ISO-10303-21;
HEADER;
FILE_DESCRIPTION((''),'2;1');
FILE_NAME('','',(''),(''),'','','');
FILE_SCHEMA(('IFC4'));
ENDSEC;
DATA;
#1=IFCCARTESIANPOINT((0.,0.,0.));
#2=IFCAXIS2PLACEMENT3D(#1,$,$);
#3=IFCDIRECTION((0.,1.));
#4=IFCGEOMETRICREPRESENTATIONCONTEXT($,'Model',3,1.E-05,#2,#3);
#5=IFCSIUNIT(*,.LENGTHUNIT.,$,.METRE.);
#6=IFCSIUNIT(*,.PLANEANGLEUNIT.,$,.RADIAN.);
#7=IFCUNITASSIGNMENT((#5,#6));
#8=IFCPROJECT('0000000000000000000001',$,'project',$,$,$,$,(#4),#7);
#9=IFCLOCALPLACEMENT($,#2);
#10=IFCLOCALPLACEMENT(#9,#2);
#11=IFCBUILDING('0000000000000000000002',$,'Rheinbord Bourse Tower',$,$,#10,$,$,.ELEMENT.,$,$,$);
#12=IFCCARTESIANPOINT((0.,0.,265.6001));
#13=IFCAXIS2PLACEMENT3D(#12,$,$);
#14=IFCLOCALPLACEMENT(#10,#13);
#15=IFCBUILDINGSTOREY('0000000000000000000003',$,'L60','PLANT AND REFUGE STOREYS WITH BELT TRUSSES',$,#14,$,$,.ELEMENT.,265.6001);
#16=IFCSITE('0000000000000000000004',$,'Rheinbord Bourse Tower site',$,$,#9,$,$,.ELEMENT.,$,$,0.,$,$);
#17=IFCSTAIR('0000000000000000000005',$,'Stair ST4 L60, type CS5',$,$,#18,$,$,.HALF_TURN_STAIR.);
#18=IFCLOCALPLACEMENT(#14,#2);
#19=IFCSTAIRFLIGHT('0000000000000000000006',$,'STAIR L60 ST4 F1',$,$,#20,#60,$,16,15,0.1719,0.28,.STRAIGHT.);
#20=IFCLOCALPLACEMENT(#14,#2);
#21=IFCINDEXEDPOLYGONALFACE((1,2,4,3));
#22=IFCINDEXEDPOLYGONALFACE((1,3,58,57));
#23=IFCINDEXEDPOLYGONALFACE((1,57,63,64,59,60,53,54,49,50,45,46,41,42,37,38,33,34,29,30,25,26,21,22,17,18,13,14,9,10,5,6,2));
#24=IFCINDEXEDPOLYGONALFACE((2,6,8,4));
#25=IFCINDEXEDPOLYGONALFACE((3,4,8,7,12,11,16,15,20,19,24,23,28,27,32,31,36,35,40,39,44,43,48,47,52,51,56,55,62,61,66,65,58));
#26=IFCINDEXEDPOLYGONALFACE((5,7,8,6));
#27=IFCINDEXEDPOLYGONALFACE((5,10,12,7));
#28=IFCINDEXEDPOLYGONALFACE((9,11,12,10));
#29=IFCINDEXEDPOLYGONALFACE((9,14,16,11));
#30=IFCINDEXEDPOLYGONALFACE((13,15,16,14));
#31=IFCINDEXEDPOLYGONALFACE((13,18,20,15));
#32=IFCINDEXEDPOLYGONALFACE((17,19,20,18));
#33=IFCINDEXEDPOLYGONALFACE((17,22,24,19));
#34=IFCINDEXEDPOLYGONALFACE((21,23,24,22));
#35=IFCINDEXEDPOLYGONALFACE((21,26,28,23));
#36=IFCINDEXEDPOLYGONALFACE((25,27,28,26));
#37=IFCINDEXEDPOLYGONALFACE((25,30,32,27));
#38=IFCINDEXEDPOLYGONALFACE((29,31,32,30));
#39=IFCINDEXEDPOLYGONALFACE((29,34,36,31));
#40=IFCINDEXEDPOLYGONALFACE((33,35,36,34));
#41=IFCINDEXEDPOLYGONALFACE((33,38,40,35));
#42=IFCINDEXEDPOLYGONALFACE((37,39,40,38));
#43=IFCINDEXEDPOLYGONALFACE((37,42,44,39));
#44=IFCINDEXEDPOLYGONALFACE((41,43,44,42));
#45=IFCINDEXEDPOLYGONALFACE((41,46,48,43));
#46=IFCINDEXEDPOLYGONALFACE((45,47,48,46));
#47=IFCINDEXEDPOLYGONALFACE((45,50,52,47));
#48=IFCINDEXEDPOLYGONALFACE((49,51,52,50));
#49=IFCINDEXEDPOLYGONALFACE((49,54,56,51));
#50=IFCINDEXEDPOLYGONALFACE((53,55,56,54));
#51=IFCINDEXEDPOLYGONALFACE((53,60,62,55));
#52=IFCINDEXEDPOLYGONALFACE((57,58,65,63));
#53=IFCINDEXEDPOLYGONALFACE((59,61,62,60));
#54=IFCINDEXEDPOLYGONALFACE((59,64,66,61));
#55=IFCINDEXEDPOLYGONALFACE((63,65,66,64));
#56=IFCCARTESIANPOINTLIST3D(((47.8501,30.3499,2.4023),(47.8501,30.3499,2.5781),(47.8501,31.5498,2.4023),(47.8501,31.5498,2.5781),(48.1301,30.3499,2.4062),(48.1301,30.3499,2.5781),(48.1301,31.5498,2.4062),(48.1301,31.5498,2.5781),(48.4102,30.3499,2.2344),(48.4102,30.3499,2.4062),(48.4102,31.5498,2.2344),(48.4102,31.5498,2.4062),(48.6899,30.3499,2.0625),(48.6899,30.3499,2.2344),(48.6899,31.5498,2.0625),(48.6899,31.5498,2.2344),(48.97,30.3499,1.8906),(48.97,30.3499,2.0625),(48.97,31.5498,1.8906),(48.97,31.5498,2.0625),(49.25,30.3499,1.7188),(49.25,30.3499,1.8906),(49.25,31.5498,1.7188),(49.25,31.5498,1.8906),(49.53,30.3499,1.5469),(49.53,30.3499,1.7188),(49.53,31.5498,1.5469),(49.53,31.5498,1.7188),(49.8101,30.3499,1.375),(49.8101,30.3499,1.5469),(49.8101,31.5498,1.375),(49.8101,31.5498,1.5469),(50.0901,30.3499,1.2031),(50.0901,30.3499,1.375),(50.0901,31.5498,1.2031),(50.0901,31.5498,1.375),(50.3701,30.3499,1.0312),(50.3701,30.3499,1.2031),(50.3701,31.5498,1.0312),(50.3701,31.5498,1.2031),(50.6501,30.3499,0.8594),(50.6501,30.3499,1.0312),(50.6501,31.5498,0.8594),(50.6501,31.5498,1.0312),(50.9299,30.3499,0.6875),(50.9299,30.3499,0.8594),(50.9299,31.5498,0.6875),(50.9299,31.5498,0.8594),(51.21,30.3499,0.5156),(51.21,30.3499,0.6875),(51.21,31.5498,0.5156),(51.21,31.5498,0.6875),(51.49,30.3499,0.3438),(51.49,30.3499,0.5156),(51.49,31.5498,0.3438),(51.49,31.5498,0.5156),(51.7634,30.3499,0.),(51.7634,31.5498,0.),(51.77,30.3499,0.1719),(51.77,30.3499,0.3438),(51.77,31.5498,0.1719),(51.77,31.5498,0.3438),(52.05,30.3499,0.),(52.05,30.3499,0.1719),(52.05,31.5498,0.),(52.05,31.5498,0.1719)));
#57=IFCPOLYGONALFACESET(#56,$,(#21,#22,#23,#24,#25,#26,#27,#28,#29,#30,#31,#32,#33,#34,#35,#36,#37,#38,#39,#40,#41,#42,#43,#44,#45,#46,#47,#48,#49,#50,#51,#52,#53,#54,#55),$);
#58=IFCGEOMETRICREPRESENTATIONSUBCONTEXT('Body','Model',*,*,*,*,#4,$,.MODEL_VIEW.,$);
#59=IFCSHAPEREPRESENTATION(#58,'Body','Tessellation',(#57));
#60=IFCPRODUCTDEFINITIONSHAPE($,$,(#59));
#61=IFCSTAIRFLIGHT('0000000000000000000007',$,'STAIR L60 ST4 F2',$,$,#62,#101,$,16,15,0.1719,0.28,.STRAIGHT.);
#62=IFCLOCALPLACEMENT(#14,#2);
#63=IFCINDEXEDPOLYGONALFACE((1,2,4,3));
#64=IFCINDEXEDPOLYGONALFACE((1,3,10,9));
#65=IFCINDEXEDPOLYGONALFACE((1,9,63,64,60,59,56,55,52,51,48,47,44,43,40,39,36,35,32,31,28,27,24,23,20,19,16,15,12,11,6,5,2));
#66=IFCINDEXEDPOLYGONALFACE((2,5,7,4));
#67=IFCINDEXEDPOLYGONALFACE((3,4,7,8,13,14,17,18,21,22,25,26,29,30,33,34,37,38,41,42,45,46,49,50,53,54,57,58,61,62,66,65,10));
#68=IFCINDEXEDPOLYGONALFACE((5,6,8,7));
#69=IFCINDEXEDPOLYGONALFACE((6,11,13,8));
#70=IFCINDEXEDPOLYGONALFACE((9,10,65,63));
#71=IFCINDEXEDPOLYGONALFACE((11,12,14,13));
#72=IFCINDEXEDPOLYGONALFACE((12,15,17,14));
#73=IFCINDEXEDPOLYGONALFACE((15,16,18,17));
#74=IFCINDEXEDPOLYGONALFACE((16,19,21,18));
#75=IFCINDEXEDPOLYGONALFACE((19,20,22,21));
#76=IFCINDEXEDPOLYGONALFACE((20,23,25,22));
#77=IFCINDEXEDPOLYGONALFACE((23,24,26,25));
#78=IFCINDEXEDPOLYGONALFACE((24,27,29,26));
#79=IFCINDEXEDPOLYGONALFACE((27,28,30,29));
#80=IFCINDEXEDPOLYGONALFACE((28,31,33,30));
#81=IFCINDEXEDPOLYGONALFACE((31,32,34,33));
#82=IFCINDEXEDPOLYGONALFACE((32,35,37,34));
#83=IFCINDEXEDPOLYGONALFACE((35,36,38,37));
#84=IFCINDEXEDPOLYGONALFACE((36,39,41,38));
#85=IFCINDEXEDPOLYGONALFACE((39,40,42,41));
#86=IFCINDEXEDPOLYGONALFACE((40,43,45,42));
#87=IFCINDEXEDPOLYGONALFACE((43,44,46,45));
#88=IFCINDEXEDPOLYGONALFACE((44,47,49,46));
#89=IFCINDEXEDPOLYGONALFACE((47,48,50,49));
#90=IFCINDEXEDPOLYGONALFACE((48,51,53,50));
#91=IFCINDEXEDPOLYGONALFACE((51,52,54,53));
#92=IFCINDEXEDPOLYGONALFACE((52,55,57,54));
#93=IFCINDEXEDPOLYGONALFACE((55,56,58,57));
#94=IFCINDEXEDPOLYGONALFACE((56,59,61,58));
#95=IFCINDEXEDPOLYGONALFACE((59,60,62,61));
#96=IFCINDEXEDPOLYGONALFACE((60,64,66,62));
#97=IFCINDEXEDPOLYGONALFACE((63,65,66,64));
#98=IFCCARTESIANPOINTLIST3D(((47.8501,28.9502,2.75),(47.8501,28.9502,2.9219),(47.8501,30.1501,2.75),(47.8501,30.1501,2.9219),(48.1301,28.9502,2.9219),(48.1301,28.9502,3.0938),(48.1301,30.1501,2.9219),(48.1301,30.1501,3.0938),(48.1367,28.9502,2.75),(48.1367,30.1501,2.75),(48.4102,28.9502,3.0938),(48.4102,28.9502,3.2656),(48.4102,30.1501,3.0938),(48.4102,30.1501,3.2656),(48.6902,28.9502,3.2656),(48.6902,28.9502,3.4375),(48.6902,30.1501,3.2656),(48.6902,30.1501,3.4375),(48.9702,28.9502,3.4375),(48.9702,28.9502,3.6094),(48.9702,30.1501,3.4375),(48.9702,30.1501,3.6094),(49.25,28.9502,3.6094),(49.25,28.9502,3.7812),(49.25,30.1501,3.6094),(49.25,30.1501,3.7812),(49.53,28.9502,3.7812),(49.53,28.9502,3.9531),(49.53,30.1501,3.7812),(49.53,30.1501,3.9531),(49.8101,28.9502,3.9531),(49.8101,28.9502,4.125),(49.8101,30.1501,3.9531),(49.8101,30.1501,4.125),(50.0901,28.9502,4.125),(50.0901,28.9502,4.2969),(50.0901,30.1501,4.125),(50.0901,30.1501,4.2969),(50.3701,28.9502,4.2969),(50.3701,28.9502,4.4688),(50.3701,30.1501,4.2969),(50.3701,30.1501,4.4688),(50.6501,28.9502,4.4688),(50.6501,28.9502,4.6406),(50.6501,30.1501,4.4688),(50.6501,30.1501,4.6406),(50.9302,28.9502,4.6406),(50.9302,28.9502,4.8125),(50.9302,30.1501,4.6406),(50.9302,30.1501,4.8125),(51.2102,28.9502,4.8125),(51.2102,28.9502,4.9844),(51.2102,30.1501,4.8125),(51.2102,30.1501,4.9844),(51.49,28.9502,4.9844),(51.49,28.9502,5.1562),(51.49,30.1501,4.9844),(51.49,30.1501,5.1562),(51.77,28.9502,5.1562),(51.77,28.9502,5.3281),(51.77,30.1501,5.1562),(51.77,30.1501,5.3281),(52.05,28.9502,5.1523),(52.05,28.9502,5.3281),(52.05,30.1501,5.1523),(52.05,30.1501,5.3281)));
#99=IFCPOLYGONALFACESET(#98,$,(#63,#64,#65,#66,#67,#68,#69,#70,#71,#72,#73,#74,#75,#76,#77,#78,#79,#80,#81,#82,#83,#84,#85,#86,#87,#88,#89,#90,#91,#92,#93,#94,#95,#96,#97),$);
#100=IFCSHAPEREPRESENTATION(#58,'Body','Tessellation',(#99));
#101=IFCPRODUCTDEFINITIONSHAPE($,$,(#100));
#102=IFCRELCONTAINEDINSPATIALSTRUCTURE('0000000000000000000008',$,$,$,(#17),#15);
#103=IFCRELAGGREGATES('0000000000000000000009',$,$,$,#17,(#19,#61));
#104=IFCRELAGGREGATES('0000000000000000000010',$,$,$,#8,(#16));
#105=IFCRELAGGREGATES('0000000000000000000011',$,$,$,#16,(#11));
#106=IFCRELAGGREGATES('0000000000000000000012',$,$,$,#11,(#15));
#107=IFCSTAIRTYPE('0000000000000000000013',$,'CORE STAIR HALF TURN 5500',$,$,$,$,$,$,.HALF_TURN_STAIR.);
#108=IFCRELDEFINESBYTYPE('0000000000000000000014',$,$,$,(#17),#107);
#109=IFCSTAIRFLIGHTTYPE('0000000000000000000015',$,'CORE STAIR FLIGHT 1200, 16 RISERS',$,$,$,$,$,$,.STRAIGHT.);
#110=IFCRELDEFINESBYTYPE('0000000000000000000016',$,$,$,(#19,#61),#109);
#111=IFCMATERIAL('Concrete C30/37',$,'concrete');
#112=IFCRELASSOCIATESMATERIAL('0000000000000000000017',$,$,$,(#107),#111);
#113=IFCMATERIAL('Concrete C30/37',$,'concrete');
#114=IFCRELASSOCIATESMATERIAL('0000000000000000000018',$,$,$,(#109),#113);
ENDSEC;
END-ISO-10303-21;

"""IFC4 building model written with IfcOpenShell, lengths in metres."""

from ifc_helpers import new_model, si_unit, direction, frame, origin, place, context, subcontext, project, spatial, polyline, outline, extrude, material, type_object, element, aggregate, save


model = new_model("IFC4")

# Units and contexts
model_context = context("Model", 3, precision=1e-05, world=origin(), true_north=direction((0.0, 1.0)))
body_context = subcontext(model_context, "Body", "Model", "MODEL_VIEW")
ifc_project = project(units=[si_unit("LENGTHUNIT", "METRE"), si_unit("PLANEANGLEUNIT", "RADIAN")], contexts=[model_context])

# Site, building, storey
site_placement = place(None, origin())
site = spatial("IfcSite", under=ifc_project, at=site_placement, Name="Rheinbord Bourse Tower site", CompositionType="ELEMENT", RefElevation=0.0)
building_placement = place(site_placement, origin())
building = spatial("IfcBuilding", under=site, at=building_placement, Name="Rheinbord Bourse Tower", CompositionType="ELEMENT")
storey_placement = place(building_placement, frame((0.0, 0.0, 265.6001)))
storey = spatial("IfcBuildingStorey", under=building, at=storey_placement, Name="L60", Description="PLANT AND REFUGE STOREYS WITH BELT TRUSSES", CompositionType="ELEMENT", Elevation=265.6001)

# Stair, stair flights
ifc_material_1 = material(Name="Concrete C30/37", Category="concrete")
stair_type = type_object("IfcStairType", Name="CORE STAIR HALF TURN 5500", PredefinedType="HALF_TURN_STAIR", material=ifc_material_1)
stair_placement = place(storey_placement, origin())
stair = element("IfcStair", 1, at=stair_placement, inside=storey, type_object=stair_type, Name="Stair ST4 L60, type CS5", PredefinedType="HALF_TURN_STAIR")
ifc_material_2 = material(Name="Concrete C30/37", Category="concrete")
stair_flight_type = type_object("IfcStairFlightType", Name="CORE STAIR FLIGHT 1200, 16 RISERS", PredefinedType="STRAIGHT", material=ifc_material_2)
stair_flight_1_placement = place(storey_placement, frame((52.05, 30.95, 0.0), z_axis=(0.0, 0.0, 1.0), x_axis=(-1.0, 0.0, 0.0)))
stair_flight_1 = element("IfcStairFlight", 2, at=stair_flight_1_placement, type_object=stair_flight_type, Name="STAIR L60 ST4 F1", NumberOfRisers=16, NumberOfTreads=15, PredefinedType="STRAIGHT", RiserHeight=0.1719, TreadLength=0.28, context=body_context, shape_type="SweptSolid", body=[
    extrude(outline(polyline([(0.0, 0.0), (0.0, 0.1719), (0.28, 0.1719), (0.28, 0.3438), (0.5601, 0.3438), (0.5601, 0.5156), (0.8401, 0.5156), (0.8401, 0.6875), (1.1201, 0.6875), (1.1201, 0.8594), (1.3999, 0.8594), (1.3999, 1.0312), (1.6799, 1.0312), (1.6799, 1.2031), (1.96, 1.2031), (1.96, 1.375), (2.24, 1.375), (2.24, 1.5469), (2.52, 1.5469), (2.52, 1.7188), (2.8, 1.7188), (2.8, 1.8906), (3.0801, 1.8906), (3.0801, 2.0625), (3.3601, 2.0625), (3.3601, 2.2344), (3.6399, 2.2344), (3.6399, 2.4062), (3.9199, 2.4062), (3.9199, 2.5781), (4.2, 2.5781), (4.2, 2.75), (4.2, 2.4023), (0.2866, 0.0), (0.0, 0.0)])), frame((0.0, 0.6001, 0.0), z_axis=(0.0, -1.0, 0.0), x_axis=(1.0, 0.0, 0.0)), (0.0, 0.0, 1.0), 1.2),
])
stair_flight_2_placement = place(storey_placement, frame((47.8501, 29.55, 2.75), z_axis=(0.0, 0.0, 1.0), x_axis=(1.0, 0.0, 0.0)))
stair_flight_2 = element("IfcStairFlight", 3, at=stair_flight_2_placement, type_object=stair_flight_type, Name="STAIR L60 ST4 F2", NumberOfRisers=16, NumberOfTreads=15, PredefinedType="STRAIGHT", RiserHeight=0.1719, TreadLength=0.28, context=body_context, shape_type="SweptSolid", body=[
    extrude(outline(polyline([(0.0, 0.0), (0.0, 0.1719), (0.28, 0.1719), (0.28, 0.3438), (0.5601, 0.3438), (0.5601, 0.5156), (0.8401, 0.5156), (0.8401, 0.6875), (1.1201, 0.6875), (1.1201, 0.8594), (1.3999, 0.8594), (1.3999, 1.0312), (1.6799, 1.0312), (1.6799, 1.2031), (1.96, 1.2031), (1.96, 1.375), (2.24, 1.375), (2.24, 1.5469), (2.52, 1.5469), (2.52, 1.7188), (2.8, 1.7188), (2.8, 1.8906), (3.0801, 1.8906), (3.0801, 2.0625), (3.3601, 2.0625), (3.3601, 2.2344), (3.6399, 2.2344), (3.6399, 2.4062), (3.9199, 2.4062), (3.9199, 2.5781), (4.2, 2.5781), (4.2, 2.75), (4.2, 2.4023), (0.2866, 0.0), (0.0, 0.0)])), frame((0.0, 0.6001, 0.0), z_axis=(0.0, -1.0, 0.0), x_axis=(1.0, 0.0, 0.0)), (0.0, 0.0, 1.0), 1.2),
])
aggregate(stair, [stair_flight_1, stair_flight_2])

save(model, "model.ifc")
